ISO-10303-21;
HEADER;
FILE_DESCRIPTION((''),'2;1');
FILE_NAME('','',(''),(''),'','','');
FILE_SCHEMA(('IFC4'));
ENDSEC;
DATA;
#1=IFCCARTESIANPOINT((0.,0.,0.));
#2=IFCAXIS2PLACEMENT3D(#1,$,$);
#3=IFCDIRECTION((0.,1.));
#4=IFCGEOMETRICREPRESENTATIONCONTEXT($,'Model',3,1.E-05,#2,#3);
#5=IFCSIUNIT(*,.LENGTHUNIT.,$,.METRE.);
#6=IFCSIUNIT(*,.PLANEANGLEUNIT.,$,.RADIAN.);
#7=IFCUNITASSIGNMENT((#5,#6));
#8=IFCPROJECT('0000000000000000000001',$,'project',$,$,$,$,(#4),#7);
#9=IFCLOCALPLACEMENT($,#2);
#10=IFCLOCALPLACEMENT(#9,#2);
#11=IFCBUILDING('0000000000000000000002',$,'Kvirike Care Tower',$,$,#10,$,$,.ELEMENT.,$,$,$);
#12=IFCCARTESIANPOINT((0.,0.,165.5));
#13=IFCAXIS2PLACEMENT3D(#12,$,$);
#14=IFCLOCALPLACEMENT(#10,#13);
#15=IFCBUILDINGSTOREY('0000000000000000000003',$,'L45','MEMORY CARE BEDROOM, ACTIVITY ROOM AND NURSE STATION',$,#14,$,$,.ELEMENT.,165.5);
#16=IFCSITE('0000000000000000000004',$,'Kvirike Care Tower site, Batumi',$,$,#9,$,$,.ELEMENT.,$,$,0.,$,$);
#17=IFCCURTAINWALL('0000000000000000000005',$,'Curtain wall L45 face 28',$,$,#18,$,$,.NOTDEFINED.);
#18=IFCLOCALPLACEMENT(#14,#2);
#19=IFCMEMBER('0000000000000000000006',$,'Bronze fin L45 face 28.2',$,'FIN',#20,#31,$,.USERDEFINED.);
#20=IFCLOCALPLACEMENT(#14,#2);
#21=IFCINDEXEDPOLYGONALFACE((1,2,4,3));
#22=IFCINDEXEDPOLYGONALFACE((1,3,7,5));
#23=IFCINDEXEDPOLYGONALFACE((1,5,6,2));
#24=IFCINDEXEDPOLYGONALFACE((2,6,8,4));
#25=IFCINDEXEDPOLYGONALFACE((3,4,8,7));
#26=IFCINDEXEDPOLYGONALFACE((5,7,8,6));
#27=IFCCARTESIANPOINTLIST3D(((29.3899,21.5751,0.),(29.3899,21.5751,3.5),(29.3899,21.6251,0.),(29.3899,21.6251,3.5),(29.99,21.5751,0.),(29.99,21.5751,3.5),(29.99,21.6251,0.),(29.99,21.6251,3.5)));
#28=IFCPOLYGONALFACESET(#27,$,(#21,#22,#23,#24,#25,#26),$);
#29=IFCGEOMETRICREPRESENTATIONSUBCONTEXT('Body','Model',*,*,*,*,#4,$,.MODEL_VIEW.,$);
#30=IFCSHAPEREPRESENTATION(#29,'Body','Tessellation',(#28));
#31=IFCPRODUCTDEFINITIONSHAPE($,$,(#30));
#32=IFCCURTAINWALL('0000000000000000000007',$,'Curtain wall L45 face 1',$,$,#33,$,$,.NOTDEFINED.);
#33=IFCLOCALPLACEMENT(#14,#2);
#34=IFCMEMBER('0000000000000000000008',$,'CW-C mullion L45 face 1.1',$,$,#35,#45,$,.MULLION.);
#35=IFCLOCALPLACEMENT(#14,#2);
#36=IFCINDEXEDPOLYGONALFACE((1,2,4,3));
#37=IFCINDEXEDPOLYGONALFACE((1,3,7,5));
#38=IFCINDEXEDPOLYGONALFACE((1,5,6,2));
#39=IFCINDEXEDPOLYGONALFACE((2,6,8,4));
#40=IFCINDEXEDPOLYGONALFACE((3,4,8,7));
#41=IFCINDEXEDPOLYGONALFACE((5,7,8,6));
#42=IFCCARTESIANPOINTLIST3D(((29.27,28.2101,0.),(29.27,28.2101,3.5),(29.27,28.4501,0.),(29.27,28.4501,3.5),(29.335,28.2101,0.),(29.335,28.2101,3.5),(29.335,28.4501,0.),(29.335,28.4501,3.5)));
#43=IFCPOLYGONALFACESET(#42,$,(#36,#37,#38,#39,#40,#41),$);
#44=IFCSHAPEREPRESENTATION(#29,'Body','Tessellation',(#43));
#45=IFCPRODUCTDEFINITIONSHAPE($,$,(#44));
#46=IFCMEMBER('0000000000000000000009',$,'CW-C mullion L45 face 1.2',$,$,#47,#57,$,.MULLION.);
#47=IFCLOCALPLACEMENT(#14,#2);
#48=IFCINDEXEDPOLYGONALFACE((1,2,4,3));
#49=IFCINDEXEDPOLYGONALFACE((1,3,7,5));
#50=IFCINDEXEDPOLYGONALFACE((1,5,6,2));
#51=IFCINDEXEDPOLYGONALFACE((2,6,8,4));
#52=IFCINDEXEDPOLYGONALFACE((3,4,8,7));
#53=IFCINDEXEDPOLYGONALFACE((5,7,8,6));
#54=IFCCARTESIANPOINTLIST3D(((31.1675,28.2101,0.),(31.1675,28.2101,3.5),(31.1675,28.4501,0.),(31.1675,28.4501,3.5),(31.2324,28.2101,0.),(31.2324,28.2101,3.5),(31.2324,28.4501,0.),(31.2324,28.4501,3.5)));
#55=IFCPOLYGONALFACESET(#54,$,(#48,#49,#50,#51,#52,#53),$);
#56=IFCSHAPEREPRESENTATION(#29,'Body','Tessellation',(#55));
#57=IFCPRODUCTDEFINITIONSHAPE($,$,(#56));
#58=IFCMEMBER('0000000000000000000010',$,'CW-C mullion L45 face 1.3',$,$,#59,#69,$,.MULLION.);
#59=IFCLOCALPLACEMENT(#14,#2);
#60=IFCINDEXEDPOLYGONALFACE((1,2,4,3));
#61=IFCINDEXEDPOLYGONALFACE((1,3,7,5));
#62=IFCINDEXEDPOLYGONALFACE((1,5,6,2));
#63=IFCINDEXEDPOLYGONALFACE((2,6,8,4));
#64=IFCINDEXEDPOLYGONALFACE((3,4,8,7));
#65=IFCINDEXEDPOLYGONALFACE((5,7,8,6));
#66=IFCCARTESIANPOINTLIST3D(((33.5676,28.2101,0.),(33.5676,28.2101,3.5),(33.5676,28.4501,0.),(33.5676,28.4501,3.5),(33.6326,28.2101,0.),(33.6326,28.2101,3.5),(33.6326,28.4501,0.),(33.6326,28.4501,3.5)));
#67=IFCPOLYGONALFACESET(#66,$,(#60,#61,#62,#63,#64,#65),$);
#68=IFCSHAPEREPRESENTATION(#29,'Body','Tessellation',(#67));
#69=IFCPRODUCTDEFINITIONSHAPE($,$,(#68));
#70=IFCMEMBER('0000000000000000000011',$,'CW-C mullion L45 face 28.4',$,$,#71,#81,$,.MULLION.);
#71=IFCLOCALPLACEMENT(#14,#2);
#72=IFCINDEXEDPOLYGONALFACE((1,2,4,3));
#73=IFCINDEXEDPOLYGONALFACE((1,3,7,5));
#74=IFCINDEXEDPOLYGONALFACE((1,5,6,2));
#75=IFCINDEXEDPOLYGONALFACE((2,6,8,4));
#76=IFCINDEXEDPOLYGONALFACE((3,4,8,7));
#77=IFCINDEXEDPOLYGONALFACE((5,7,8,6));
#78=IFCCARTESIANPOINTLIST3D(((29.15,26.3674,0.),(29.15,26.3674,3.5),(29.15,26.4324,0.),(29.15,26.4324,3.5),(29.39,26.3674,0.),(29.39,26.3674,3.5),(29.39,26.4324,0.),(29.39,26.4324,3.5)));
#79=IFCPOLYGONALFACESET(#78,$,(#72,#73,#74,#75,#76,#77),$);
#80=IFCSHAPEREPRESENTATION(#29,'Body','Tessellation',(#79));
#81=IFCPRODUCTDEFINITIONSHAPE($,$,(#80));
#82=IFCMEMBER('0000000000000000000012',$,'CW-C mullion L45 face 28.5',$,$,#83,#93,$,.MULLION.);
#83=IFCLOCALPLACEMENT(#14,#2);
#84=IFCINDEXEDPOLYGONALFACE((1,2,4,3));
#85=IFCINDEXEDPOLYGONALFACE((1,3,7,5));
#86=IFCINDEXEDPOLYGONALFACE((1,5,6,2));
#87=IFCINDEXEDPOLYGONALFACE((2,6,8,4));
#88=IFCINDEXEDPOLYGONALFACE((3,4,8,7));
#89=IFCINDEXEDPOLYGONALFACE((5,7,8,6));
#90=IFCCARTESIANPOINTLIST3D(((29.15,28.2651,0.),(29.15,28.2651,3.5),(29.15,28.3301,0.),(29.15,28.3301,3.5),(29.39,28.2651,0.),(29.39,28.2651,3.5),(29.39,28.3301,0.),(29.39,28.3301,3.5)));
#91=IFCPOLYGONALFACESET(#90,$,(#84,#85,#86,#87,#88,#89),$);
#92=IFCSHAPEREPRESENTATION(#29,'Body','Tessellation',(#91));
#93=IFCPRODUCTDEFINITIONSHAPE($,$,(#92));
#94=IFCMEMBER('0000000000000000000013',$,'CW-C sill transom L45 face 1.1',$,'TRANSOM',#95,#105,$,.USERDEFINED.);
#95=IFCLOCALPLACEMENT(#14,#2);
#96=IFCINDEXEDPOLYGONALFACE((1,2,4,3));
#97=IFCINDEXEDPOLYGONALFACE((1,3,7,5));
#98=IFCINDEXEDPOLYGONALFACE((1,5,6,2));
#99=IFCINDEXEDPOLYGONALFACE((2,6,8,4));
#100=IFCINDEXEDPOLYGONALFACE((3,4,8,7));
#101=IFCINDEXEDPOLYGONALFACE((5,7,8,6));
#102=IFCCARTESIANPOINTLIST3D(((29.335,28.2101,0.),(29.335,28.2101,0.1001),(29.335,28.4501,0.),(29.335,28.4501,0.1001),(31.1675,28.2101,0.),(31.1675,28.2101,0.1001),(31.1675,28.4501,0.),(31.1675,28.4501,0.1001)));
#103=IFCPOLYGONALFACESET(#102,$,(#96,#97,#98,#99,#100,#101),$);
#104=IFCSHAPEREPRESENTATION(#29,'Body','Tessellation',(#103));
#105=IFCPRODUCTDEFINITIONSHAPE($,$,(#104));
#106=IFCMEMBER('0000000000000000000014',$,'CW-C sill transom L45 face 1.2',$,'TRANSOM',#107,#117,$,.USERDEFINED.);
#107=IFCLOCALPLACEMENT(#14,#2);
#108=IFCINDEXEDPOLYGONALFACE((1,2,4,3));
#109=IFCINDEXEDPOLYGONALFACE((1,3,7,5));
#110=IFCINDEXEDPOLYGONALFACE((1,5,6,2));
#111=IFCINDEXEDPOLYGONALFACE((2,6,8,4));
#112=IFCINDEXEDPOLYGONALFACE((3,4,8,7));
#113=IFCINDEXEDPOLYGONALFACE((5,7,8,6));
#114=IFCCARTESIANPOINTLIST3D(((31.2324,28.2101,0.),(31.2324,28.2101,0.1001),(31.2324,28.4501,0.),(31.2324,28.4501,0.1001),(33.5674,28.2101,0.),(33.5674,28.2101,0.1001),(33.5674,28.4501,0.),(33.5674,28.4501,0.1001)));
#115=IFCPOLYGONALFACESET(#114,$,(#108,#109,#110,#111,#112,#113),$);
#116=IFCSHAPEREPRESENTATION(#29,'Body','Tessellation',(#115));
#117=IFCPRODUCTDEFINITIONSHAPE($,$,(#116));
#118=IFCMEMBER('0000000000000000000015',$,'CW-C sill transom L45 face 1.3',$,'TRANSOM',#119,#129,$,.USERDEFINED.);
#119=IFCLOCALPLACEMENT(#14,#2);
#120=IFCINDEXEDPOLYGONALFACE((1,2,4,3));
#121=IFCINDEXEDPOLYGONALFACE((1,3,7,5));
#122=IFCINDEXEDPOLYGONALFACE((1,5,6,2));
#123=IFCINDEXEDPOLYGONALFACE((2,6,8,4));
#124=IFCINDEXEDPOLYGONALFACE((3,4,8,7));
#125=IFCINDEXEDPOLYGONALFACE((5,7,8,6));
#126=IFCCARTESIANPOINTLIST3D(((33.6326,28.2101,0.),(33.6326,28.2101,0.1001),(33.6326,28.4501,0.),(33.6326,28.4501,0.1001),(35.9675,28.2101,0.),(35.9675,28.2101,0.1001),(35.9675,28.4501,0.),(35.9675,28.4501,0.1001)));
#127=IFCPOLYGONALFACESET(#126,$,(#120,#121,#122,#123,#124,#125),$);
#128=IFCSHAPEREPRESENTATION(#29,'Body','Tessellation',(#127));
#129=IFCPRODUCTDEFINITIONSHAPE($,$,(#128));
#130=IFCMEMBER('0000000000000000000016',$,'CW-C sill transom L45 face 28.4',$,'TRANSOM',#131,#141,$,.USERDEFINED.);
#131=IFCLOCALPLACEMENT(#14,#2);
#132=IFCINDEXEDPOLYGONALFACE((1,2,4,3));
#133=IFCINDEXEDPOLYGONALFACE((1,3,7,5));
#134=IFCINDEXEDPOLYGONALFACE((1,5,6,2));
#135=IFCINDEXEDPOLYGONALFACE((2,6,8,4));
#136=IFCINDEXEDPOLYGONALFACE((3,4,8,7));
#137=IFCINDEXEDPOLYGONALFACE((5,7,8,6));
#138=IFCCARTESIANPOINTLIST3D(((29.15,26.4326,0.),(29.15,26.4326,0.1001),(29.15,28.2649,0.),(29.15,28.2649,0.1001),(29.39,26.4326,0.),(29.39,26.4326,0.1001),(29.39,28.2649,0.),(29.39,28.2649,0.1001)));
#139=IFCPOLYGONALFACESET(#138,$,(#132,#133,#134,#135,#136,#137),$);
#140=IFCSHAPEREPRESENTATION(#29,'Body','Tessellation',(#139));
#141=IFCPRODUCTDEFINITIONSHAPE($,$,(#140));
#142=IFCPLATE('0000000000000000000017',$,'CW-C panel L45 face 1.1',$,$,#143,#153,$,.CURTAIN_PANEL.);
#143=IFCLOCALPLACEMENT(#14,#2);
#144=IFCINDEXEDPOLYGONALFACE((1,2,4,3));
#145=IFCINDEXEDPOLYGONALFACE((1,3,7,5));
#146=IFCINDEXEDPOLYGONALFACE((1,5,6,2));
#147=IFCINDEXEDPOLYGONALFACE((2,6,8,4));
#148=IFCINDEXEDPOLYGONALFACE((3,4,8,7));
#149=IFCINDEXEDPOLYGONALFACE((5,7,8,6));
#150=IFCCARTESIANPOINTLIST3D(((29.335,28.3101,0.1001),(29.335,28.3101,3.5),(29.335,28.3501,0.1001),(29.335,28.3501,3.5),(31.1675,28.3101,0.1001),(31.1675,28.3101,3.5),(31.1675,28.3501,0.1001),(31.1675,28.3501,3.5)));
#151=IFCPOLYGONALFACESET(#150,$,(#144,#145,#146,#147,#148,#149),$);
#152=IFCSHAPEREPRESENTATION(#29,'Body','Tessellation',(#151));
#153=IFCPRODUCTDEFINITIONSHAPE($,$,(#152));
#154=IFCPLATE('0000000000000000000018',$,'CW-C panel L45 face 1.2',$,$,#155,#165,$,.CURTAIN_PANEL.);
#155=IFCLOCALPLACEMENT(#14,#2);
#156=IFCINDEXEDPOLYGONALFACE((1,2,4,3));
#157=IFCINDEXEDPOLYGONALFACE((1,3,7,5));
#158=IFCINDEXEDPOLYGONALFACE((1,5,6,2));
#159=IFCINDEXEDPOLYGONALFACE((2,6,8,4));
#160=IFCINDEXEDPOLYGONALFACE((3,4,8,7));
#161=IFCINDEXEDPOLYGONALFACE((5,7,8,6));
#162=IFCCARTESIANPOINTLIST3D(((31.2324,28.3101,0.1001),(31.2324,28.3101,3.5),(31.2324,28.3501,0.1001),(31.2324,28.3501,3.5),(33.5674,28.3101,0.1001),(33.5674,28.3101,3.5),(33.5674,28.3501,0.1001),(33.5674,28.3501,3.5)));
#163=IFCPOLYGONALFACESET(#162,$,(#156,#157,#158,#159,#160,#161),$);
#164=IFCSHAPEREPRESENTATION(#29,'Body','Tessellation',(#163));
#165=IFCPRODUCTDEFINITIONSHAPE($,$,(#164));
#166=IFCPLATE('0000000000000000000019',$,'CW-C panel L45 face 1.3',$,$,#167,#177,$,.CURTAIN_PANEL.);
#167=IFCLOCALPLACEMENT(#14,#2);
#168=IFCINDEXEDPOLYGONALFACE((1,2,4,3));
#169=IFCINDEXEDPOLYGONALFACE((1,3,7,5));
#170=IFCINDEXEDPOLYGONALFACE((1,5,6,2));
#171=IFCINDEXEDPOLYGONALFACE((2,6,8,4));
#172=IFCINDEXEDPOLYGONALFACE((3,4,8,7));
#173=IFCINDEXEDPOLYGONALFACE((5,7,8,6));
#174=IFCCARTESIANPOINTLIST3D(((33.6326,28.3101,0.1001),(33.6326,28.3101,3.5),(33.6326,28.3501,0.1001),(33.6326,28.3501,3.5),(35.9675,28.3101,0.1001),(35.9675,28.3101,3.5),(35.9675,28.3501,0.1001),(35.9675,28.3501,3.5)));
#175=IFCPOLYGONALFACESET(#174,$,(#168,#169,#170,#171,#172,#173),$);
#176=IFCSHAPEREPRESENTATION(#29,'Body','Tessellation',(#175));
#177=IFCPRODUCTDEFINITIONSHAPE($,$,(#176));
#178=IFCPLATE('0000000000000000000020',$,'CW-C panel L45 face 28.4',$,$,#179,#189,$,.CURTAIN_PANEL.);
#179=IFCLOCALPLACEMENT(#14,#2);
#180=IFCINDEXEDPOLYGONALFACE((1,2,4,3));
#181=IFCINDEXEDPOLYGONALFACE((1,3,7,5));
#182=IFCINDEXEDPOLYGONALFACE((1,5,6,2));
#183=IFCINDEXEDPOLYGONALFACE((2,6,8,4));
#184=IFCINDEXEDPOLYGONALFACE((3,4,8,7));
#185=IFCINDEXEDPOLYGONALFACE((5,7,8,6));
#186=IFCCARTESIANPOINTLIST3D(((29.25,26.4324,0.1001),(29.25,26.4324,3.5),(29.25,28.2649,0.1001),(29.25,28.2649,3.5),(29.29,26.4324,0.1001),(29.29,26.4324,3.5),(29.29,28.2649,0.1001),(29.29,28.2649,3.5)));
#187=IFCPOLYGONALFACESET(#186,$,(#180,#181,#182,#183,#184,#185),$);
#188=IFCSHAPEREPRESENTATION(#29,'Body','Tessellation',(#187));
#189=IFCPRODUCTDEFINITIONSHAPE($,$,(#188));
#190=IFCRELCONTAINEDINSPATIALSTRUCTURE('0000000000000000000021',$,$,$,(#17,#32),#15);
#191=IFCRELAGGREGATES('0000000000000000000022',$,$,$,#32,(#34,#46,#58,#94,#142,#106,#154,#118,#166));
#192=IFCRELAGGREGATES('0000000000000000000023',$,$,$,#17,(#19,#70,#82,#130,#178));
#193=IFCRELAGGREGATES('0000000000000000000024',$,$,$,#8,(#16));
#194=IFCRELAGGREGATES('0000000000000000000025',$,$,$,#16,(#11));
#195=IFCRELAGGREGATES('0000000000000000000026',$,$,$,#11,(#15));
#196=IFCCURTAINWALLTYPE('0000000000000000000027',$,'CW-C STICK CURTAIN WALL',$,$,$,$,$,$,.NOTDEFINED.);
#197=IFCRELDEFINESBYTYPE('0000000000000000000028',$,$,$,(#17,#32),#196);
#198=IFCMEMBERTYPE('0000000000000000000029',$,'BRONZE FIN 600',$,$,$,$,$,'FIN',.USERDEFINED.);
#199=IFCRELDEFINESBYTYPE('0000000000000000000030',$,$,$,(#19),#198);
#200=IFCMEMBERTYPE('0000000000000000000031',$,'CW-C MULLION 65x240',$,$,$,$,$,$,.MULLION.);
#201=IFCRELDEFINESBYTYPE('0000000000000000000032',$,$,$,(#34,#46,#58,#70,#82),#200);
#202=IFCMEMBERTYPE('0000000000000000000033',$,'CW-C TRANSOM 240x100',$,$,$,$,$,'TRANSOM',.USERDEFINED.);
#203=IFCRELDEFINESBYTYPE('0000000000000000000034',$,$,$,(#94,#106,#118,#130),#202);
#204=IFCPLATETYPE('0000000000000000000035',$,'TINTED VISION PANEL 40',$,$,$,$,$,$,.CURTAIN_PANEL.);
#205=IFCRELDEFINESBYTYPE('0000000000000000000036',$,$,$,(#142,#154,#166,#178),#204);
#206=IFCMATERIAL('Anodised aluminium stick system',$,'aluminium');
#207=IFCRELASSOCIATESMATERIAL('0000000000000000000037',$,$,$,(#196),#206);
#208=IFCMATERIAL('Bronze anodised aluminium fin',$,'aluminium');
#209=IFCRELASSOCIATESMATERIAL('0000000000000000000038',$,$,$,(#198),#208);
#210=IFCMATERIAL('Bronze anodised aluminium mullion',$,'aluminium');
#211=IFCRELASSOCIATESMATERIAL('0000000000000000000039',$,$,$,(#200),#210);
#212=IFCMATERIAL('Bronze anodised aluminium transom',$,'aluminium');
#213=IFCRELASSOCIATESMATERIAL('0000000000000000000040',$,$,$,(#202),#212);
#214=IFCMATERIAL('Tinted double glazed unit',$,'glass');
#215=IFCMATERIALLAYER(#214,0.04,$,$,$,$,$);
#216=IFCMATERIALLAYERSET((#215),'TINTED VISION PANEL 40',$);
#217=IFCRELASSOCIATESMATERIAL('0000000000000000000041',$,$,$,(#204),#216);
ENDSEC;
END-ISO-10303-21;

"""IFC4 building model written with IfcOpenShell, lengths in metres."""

from ifc_helpers import new_model, si_unit, direction, frame, origin, origin_2d, place, context, subcontext, project, spatial, rectangle, extrude, material, layer, layer_set, material_profile, profile_set, type_object, element, aggregate, save


model = new_model("IFC4")

# Units and contexts
model_context = context("Model", 3, precision=1e-05, world=origin(), true_north=direction((0.0, 1.0)))
body_context = subcontext(model_context, "Body", "Model", "MODEL_VIEW")
ifc_project = project(units=[si_unit("LENGTHUNIT", "METRE"), si_unit("PLANEANGLEUNIT", "RADIAN")], contexts=[model_context])

# Site, building, storey
site_placement = place(None, origin())
site = spatial("IfcSite", under=ifc_project, at=site_placement, Name="Kvirike Care Tower site, Batumi", CompositionType="ELEMENT", RefElevation=0.0)
building_placement = place(site_placement, origin())
building = spatial("IfcBuilding", under=site, at=building_placement, Name="Kvirike Care Tower", CompositionType="ELEMENT")
storey_placement = place(building_placement, frame((0.0, 0.0, 165.5)))
storey = spatial("IfcBuildingStorey", under=building, at=storey_placement, Name="L45", Description="MEMORY CARE BEDROOM, ACTIVITY ROOM AND NURSE STATION", CompositionType="ELEMENT", Elevation=165.5)

# Curtain wall, member
ifc_material_1 = material(Name="Anodised aluminium stick system", Category="aluminium")
curtain_wall_type = type_object("IfcCurtainWallType", Name="CW-C STICK CURTAIN WALL", PredefinedType="NOTDEFINED", material=ifc_material_1)
curtain_wall_1_placement = place(storey_placement, origin())
curtain_wall_1 = element("IfcCurtainWall", 1, at=curtain_wall_1_placement, inside=storey, type_object=curtain_wall_type, Name="Curtain wall L45 face 28", PredefinedType="NOTDEFINED")
ifc_material_2 = material(Name="Bronze anodised aluminium fin", Category="aluminium")
ifc_material_profile_1 = material_profile(ifc_material_2, rectangle(XDim=0.05, YDim=0.6001, at=origin_2d()), Name="BRONZE FIN 600")
ifc_profile_set_1 = profile_set([ifc_material_profile_1], Name="Bronze anodised aluminium fin")
member_type_1 = type_object("IfcMemberType", Name="BRONZE FIN 600", ElementType="FIN", PredefinedType="USERDEFINED", material=ifc_profile_set_1)
member_1_placement = place(storey_placement, frame((29.6899, 21.6001, 0.0), z_axis=(0.0, 0.0, 1.0), x_axis=(0.0, 1.0, 0.0)))
member_1 = element("IfcMember", 2, at=member_1_placement, type_object=member_type_1, Name="Bronze fin L45 face 28.2", ObjectType="FIN", PredefinedType="USERDEFINED", context=body_context, shape_type="SweptSolid", body=[
    extrude(rectangle(XDim=0.05, YDim=0.6001, at=origin_2d()), origin(), (0.0, 0.0, 1.0), 3.5),
])

# Curtain wall, members
curtain_wall_2_placement = place(storey_placement, origin())
curtain_wall_2 = element("IfcCurtainWall", 3, at=curtain_wall_2_placement, inside=storey, type_object=curtain_wall_type, Name="Curtain wall L45 face 1", PredefinedType="NOTDEFINED")
ifc_material_3 = material(Name="Bronze anodised aluminium mullion", Category="aluminium")
ifc_material_profile_2 = material_profile(ifc_material_3, rectangle(XDim=0.0649, YDim=0.24, at=origin_2d()), Name="CW-C MULLION 65x240")
ifc_profile_set_2 = profile_set([ifc_material_profile_2], Name="Bronze anodised aluminium mullion")
member_type_2 = type_object("IfcMemberType", Name="CW-C MULLION 65x240", PredefinedType="MULLION", material=ifc_profile_set_2)
member_2_placement = place(storey_placement, frame((29.3025, 28.3301, 0.0), z_axis=(0.0, 0.0, 1.0), x_axis=(1.0, 0.0, 0.0)))
member_2 = element("IfcMember", 4, at=member_2_placement, type_object=member_type_2, Name="CW-C mullion L45 face 1.1", PredefinedType="MULLION", context=body_context, shape_type="SweptSolid", body=[
    extrude(rectangle(XDim=0.0649, YDim=0.24, at=origin_2d()), origin(), (0.0, 0.0, 1.0), 3.5),
])
member_3_placement = place(storey_placement, frame((31.2, 28.3301, 0.0), z_axis=(0.0, 0.0, 1.0), x_axis=(1.0, 0.0, 0.0)))
member_3 = element("IfcMember", 5, at=member_3_placement, type_object=member_type_2, Name="CW-C mullion L45 face 1.2", PredefinedType="MULLION", context=body_context, shape_type="SweptSolid", body=[
    extrude(rectangle(XDim=0.0649, YDim=0.24, at=origin_2d()), origin(), (0.0, 0.0, 1.0), 3.5),
])
member_4_placement = place(storey_placement, frame((33.6001, 28.3301, 0.0), z_axis=(0.0, 0.0, 1.0), x_axis=(1.0, 0.0, 0.0)))
member_4 = element("IfcMember", 6, at=member_4_placement, type_object=member_type_2, Name="CW-C mullion L45 face 1.3", PredefinedType="MULLION", context=body_context, shape_type="SweptSolid", body=[
    extrude(rectangle(XDim=0.0649, YDim=0.24, at=origin_2d()), origin(), (0.0, 0.0, 1.0), 3.5),
])

# Members
member_5_placement = place(storey_placement, frame((29.27, 26.3999, 0.0), z_axis=(0.0, 0.0, 1.0), x_axis=(0.0, 1.0, 0.0)))
member_5 = element("IfcMember", 7, at=member_5_placement, type_object=member_type_2, Name="CW-C mullion L45 face 28.4", PredefinedType="MULLION", context=body_context, shape_type="SweptSolid", body=[
    extrude(rectangle(XDim=0.0649, YDim=0.24, at=origin_2d()), origin(), (0.0, 0.0, 1.0), 3.5),
])
member_6_placement = place(storey_placement, frame((29.27, 28.2976, 0.0), z_axis=(0.0, 0.0, 1.0), x_axis=(0.0, 1.0, 0.0)))
member_6 = element("IfcMember", 8, at=member_6_placement, type_object=member_type_2, Name="CW-C mullion L45 face 28.5", PredefinedType="MULLION", context=body_context, shape_type="SweptSolid", body=[
    extrude(rectangle(XDim=0.0649, YDim=0.24, at=origin_2d()), origin(), (0.0, 0.0, 1.0), 3.5),
])
ifc_material_4 = material(Name="Bronze anodised aluminium transom", Category="aluminium")
ifc_material_profile_3 = material_profile(ifc_material_4, rectangle(XDim=0.24, YDim=0.1001, at=origin_2d()), Name="CW-C TRANSOM 240x100")
ifc_profile_set_3 = profile_set([ifc_material_profile_3], Name="Bronze anodised aluminium transom")
member_type_3 = type_object("IfcMemberType", Name="CW-C TRANSOM 240x100", ElementType="TRANSOM", PredefinedType="USERDEFINED", material=ifc_profile_set_3)
member_7_placement = place(storey_placement, frame((29.335, 28.3301, 0.05), z_axis=(1.0, 0.0, 0.0), x_axis=(0.0, 1.0, 0.0)))
member_7 = element("IfcMember", 9, at=member_7_placement, type_object=member_type_3, Name="CW-C sill transom L45 face 1.1", ObjectType="TRANSOM", PredefinedType="USERDEFINED", context=body_context, shape_type="SweptSolid", body=[
    extrude(rectangle(XDim=0.24, YDim=0.1001, at=origin_2d()), origin(), (0.0, 0.0, 1.0), 1.8325),
])
member_8_placement = place(storey_placement, frame((31.2324, 28.3301, 0.05), z_axis=(1.0, 0.0, 0.0), x_axis=(0.0, 1.0, 0.0)))
member_8 = element("IfcMember", 10, at=member_8_placement, type_object=member_type_3, Name="CW-C sill transom L45 face 1.2", ObjectType="TRANSOM", PredefinedType="USERDEFINED", context=body_context, shape_type="SweptSolid", body=[
    extrude(rectangle(XDim=0.24, YDim=0.1001, at=origin_2d()), origin(), (0.0, 0.0, 1.0), 2.335),
])
member_9_placement = place(storey_placement, frame((33.6326, 28.3301, 0.05), z_axis=(1.0, 0.0, 0.0), x_axis=(0.0, 1.0, 0.0)))
member_9 = element("IfcMember", 11, at=member_9_placement, type_object=member_type_3, Name="CW-C sill transom L45 face 1.3", ObjectType="TRANSOM", PredefinedType="USERDEFINED", context=body_context, shape_type="SweptSolid", body=[
    extrude(rectangle(XDim=0.24, YDim=0.1001, at=origin_2d()), origin(), (0.0, 0.0, 1.0), 2.335),
])
member_10_placement = place(storey_placement, frame((29.27, 26.4326, 0.05), z_axis=(0.0, 1.0, 0.0), x_axis=(-1.0, 0.0, 0.0)))
member_10 = element("IfcMember", 12, at=member_10_placement, type_object=member_type_3, Name="CW-C sill transom L45 face 28.4", ObjectType="TRANSOM", PredefinedType="USERDEFINED", context=body_context, shape_type="SweptSolid", body=[
    extrude(rectangle(XDim=0.24, YDim=0.1001, at=origin_2d()), origin(), (0.0, 0.0, 1.0), 1.8323),
])

# Plates
ifc_material_5 = material(Name="Tinted double glazed unit", Category="glass")
ifc_layer_1 = layer(ifc_material_5, 0.04)
ifc_layer_set_1 = layer_set([ifc_layer_1], Name="TINTED VISION PANEL 40")
plate_type = type_object("IfcPlateType", Name="TINTED VISION PANEL 40", PredefinedType="CURTAIN_PANEL", material=ifc_layer_set_1)
plate_1_placement = place(storey_placement, frame((30.2512, 28.3301, 0.1001), z_axis=(0.0, 0.0, 1.0), x_axis=(1.0, 0.0, 0.0)))
plate_1 = element("IfcPlate", 13, at=plate_1_placement, type_object=plate_type, Name="CW-C panel L45 face 1.1", PredefinedType="CURTAIN_PANEL", context=body_context, shape_type="SweptSolid", body=[
    extrude(rectangle(XDim=1.8325, YDim=0.04, at=origin_2d()), origin(), (0.0, 0.0, 1.0), 3.3999),
])
plate_2_placement = place(storey_placement, frame((32.3999, 28.3301, 0.1001), z_axis=(0.0, 0.0, 1.0), x_axis=(1.0, 0.0, 0.0)))
plate_2 = element("IfcPlate", 14, at=plate_2_placement, type_object=plate_type, Name="CW-C panel L45 face 1.2", PredefinedType="CURTAIN_PANEL", context=body_context, shape_type="SweptSolid", body=[
    extrude(rectangle(XDim=2.335, YDim=0.04, at=origin_2d()), origin(), (0.0, 0.0, 1.0), 3.3999),
])
plate_3_placement = place(storey_placement, frame((34.8, 28.3301, 0.1001), z_axis=(0.0, 0.0, 1.0), x_axis=(1.0, 0.0, 0.0)))
plate_3 = element("IfcPlate", 15, at=plate_3_placement, type_object=plate_type, Name="CW-C panel L45 face 1.3", PredefinedType="CURTAIN_PANEL", context=body_context, shape_type="SweptSolid", body=[
    extrude(rectangle(XDim=2.335, YDim=0.04, at=origin_2d()), origin(), (0.0, 0.0, 1.0), 3.3999),
])
aggregate(curtain_wall_2, [member_2, member_3, member_4, member_7, plate_1, member_8, plate_2, member_9, plate_3])
plate_4_placement = place(storey_placement, frame((29.27, 27.3486, 0.1001), z_axis=(0.0, 0.0, 1.0), x_axis=(0.0, 1.0, 0.0)))
plate_4 = element("IfcPlate", 16, at=plate_4_placement, type_object=plate_type, Name="CW-C panel L45 face 28.4", PredefinedType="CURTAIN_PANEL", context=body_context, shape_type="SweptSolid", body=[
    extrude(rectangle(XDim=1.8325, YDim=0.04, at=origin_2d()), origin(), (0.0, 0.0, 1.0), 3.3999),
])
aggregate(curtain_wall_1, [member_1, member_5, member_6, member_10, plate_4])

save(model, "model.ifc")
